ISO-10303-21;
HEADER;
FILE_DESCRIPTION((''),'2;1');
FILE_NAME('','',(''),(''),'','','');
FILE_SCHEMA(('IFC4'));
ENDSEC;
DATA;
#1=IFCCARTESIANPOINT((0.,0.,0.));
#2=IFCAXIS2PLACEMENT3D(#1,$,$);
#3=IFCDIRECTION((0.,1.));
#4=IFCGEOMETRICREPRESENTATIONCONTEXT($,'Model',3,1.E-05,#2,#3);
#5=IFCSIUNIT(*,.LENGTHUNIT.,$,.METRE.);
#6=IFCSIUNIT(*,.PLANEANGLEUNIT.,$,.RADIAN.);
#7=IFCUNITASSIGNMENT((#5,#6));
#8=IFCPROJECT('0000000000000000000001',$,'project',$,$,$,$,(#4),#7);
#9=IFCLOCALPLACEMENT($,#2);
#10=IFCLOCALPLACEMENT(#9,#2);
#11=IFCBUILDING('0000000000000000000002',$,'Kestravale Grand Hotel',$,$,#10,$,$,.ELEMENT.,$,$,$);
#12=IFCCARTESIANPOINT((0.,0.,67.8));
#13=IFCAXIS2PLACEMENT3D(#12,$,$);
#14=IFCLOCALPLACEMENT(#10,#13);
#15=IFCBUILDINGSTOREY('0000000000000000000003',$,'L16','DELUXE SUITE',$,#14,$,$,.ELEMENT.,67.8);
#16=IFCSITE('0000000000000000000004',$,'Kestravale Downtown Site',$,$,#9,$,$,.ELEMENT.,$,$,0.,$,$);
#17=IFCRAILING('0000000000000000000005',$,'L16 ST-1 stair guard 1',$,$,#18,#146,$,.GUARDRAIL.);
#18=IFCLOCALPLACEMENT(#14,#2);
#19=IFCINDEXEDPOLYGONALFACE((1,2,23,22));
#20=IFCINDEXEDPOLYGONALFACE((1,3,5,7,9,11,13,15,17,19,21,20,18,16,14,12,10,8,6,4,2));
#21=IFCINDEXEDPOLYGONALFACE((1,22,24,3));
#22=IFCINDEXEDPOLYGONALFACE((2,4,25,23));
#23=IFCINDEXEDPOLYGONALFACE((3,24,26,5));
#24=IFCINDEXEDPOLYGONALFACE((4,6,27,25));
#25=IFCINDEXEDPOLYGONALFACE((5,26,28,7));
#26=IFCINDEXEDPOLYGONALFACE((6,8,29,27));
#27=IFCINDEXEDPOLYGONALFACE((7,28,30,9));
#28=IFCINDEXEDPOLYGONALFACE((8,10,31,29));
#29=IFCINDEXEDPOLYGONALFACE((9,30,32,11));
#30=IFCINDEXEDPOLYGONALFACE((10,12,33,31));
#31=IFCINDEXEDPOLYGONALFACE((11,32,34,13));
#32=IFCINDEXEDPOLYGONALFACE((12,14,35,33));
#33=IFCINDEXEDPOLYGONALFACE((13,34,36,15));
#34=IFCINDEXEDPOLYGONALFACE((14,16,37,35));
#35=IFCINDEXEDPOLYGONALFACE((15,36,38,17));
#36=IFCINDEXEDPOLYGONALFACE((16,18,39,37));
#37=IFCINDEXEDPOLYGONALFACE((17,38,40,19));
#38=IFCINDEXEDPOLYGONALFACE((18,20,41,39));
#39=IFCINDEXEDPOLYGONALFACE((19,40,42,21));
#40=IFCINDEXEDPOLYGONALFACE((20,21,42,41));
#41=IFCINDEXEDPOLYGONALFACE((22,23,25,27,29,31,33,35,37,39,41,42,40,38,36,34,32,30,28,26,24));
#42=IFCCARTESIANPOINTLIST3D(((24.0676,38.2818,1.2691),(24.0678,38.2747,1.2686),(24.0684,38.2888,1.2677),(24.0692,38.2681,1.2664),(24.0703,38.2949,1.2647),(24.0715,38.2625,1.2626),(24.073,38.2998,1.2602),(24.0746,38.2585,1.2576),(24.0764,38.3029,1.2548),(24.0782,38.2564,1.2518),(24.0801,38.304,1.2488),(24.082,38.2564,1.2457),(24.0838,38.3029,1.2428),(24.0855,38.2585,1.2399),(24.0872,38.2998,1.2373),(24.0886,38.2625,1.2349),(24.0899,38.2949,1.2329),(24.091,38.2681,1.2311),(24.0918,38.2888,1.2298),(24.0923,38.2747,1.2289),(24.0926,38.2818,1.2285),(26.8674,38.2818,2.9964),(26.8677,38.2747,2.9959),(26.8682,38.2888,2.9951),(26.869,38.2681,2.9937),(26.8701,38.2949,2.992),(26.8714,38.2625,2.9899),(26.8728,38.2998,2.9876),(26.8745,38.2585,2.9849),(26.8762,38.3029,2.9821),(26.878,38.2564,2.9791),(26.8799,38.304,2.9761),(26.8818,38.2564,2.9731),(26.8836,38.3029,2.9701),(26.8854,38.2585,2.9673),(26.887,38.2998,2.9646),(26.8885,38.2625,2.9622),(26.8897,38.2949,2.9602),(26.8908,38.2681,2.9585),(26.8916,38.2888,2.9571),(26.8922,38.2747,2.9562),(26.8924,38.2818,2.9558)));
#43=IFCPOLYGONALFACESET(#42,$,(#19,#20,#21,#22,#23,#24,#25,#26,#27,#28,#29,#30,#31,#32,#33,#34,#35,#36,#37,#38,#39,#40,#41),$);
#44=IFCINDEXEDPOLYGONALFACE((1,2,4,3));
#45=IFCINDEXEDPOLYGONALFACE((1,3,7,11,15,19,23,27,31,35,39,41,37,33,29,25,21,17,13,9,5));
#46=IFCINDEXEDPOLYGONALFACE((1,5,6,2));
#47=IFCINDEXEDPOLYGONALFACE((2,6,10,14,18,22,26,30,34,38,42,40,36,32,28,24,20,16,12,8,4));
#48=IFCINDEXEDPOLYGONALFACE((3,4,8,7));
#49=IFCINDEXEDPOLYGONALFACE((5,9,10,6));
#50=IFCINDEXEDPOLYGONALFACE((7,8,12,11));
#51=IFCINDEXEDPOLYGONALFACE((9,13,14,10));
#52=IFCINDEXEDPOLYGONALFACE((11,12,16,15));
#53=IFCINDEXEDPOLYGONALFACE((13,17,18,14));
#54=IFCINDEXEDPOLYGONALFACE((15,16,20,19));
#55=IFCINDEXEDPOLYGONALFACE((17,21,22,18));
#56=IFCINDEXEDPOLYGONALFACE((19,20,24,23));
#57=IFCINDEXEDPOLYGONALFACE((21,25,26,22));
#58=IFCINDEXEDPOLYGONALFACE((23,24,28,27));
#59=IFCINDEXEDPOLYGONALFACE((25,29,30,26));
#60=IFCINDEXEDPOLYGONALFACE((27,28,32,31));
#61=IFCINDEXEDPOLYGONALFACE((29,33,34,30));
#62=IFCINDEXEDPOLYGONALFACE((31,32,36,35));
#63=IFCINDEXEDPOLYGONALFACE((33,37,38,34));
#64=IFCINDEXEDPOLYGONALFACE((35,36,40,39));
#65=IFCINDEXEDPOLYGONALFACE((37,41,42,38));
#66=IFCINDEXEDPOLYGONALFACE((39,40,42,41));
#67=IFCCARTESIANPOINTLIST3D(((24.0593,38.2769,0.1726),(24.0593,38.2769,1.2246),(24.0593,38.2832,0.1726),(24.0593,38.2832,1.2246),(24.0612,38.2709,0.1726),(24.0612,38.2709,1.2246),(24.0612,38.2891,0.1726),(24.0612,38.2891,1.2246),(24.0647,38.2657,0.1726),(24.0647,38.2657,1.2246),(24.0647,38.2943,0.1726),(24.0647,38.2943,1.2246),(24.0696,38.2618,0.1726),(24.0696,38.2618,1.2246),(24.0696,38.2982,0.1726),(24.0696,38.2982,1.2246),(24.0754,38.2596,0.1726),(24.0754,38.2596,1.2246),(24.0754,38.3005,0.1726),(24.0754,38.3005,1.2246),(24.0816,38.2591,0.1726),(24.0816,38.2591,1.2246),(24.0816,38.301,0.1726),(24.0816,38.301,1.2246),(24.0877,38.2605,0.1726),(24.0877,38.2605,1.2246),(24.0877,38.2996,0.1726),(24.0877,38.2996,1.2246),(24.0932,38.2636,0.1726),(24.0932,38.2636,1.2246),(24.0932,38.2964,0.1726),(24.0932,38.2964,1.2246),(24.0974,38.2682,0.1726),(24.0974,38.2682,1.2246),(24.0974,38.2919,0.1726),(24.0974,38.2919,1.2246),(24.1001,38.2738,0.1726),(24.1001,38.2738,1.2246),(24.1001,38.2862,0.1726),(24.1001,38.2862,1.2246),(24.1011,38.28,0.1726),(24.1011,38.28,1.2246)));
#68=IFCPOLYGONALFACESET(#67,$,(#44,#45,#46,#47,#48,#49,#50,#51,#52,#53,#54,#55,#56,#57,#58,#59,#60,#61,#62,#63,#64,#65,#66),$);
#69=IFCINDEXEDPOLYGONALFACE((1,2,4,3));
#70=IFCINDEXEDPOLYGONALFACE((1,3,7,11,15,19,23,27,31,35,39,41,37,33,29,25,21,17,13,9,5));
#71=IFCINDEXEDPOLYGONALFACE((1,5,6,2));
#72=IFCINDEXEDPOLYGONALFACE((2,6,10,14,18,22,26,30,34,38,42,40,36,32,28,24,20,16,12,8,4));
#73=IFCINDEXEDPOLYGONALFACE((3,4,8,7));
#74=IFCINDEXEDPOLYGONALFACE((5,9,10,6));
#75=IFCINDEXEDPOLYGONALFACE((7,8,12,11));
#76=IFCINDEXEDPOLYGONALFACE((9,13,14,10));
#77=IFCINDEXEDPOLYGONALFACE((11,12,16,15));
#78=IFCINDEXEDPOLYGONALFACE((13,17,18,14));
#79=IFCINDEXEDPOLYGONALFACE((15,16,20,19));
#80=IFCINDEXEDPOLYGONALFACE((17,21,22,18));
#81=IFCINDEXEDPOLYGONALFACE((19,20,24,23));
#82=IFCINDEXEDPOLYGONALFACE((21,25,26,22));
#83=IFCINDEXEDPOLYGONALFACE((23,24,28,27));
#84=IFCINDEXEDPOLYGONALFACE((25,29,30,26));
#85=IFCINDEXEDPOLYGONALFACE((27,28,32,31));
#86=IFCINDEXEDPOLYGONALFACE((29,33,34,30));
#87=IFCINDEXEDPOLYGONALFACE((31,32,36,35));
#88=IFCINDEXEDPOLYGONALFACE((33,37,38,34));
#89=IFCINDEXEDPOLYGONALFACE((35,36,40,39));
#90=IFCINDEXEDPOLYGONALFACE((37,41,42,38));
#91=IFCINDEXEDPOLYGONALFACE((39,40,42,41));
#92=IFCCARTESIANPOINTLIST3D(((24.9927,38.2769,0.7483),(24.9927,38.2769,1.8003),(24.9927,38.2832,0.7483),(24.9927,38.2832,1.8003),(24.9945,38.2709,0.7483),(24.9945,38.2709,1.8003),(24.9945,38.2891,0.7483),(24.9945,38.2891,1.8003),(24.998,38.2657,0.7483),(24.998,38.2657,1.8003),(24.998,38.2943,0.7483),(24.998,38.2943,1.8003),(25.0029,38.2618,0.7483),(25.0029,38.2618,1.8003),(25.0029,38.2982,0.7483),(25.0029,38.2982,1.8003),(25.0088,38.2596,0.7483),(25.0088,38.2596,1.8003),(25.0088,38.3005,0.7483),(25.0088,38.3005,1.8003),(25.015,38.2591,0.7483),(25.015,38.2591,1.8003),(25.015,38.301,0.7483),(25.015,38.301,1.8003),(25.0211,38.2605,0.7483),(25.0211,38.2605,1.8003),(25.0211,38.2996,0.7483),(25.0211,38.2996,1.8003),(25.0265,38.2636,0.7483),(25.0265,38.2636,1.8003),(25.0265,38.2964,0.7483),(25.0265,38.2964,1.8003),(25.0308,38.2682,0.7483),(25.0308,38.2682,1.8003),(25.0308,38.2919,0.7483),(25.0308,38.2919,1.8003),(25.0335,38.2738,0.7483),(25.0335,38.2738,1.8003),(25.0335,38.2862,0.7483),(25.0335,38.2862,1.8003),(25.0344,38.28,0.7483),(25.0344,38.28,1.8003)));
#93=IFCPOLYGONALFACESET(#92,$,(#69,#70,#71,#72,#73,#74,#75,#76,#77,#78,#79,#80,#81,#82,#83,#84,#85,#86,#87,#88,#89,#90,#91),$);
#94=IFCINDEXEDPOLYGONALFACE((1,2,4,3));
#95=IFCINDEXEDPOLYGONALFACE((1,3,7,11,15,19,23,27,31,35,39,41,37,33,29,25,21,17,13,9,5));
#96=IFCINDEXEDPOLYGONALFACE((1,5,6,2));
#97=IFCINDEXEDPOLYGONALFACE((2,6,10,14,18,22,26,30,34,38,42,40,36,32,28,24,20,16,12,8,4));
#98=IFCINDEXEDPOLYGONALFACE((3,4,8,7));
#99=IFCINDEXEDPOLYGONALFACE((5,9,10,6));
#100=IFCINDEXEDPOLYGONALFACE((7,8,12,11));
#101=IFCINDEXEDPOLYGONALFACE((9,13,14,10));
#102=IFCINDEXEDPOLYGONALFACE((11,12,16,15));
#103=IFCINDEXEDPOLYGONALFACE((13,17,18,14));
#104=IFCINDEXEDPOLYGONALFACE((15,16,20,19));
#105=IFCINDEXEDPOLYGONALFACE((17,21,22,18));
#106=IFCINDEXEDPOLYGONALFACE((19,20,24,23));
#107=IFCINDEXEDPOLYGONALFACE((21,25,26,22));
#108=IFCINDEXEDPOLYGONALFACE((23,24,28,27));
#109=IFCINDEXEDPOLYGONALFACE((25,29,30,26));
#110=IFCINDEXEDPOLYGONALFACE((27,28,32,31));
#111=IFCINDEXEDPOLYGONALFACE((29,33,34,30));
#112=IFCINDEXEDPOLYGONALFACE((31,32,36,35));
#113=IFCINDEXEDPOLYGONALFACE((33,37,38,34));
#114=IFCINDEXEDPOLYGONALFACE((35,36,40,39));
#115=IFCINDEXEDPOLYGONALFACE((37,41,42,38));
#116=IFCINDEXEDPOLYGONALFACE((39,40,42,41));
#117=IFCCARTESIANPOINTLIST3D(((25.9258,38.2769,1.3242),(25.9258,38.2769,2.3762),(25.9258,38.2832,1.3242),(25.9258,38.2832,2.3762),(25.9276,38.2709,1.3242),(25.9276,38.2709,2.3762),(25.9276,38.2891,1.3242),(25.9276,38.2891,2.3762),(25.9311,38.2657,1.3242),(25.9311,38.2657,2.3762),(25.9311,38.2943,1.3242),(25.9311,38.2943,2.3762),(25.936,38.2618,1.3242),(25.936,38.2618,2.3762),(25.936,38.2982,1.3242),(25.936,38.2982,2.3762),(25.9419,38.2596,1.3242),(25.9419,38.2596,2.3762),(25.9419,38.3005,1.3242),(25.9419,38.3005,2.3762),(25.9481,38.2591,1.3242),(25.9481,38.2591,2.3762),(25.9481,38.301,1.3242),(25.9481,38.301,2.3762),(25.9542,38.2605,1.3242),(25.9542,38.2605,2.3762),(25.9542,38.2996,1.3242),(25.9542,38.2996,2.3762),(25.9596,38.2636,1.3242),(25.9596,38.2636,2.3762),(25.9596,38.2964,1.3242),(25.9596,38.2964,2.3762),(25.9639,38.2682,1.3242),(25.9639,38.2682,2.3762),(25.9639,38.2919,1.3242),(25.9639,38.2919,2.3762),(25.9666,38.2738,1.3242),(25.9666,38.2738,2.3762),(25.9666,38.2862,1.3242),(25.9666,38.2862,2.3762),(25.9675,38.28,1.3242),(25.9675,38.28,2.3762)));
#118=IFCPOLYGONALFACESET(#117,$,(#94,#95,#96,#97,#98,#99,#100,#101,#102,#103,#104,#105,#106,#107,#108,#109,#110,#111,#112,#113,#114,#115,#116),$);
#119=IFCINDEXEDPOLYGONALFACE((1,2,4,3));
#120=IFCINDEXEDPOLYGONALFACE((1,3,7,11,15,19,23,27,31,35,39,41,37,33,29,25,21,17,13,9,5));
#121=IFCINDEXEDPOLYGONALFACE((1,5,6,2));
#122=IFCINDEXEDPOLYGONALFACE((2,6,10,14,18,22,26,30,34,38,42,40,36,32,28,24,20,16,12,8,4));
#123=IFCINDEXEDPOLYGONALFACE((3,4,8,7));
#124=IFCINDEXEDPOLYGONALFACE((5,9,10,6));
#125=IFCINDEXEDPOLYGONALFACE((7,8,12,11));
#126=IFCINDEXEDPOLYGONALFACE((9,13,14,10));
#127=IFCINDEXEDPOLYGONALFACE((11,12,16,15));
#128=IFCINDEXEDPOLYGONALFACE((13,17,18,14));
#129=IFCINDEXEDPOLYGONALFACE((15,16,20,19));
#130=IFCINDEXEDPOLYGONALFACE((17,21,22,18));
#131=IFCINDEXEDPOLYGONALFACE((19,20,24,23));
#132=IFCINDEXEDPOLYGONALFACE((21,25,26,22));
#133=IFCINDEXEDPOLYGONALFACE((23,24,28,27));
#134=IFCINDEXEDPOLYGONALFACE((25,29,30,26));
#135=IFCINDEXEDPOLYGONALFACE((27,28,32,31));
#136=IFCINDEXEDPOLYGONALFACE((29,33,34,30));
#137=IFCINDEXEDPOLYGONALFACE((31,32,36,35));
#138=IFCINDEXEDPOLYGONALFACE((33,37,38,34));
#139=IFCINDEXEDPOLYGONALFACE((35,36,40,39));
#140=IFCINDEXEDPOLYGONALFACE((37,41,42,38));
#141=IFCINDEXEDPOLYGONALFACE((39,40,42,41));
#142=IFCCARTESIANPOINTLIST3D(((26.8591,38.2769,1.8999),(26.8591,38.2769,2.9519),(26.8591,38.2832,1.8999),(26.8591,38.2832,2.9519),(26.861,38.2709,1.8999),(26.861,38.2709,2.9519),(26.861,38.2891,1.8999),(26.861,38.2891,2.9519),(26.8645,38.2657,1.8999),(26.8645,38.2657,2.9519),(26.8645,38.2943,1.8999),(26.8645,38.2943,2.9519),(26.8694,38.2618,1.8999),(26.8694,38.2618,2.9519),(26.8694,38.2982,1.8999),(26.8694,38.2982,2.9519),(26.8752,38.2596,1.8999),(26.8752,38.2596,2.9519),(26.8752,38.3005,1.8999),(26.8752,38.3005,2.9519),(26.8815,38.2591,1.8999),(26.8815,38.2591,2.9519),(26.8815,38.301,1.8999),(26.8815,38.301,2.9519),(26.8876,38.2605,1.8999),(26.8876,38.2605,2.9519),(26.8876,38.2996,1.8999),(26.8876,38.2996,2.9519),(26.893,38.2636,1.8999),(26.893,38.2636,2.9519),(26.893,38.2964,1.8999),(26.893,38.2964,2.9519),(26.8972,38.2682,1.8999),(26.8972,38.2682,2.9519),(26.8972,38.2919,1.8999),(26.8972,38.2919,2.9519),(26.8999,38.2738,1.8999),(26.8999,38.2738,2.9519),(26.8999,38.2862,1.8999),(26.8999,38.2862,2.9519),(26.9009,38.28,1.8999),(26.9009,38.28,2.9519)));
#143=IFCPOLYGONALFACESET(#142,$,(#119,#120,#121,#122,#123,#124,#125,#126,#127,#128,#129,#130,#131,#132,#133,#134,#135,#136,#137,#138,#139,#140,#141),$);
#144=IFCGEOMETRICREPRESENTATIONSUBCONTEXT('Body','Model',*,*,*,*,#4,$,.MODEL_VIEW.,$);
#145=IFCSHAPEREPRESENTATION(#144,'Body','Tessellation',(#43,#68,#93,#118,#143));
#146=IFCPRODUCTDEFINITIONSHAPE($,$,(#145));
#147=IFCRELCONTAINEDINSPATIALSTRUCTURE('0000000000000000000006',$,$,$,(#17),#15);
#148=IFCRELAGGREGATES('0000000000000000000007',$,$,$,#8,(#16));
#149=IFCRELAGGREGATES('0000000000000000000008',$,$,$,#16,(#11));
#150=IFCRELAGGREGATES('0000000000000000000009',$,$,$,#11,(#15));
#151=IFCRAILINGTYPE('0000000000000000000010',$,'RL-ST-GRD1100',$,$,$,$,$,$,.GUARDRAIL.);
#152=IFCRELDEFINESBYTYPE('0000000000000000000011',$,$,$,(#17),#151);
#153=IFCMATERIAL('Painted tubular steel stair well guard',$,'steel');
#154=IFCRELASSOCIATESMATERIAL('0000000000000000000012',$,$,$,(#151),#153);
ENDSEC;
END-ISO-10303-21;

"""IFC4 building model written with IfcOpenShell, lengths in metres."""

from ifc_helpers import new_model, si_unit, direction, frame, origin, origin_2d, place, context, subcontext, project, spatial, circle, extrude, material, type_object, element, save


model = new_model("IFC4")

# Units and contexts
model_context = context("Model", 3, precision=1e-05, world=origin(), true_north=direction((0.0, 1.0)))
body_context = subcontext(model_context, "Body", "Model", "MODEL_VIEW")
ifc_project = project(units=[si_unit("LENGTHUNIT", "METRE"), si_unit("PLANEANGLEUNIT", "RADIAN")], contexts=[model_context])

# Site, building, storey
site_placement = place(None, origin())
site = spatial("IfcSite", under=ifc_project, at=site_placement, Name="Kestravale Downtown Site", CompositionType="ELEMENT", RefElevation=0.0)
building_placement = place(site_placement, origin())
building = spatial("IfcBuilding", under=site, at=building_placement, Name="Kestravale Grand Hotel", CompositionType="ELEMENT")
storey_placement = place(building_placement, frame((0.0, 0.0, 67.8)))
storey = spatial("IfcBuildingStorey", under=building, at=storey_placement, Name="L16", Description="DELUXE SUITE", CompositionType="ELEMENT", Elevation=67.8)

# Railing
ifc_material_1 = material(Name="Painted tubular steel stair well guard", Category="steel")
railing_type_1 = type_object("IfcRailingType", Name="RL-ST-GRD1100", PredefinedType="GUARDRAIL", material=ifc_material_1)
railing_1_placement = place(storey_placement, frame((24.0801, 38.28, 0.1726)))
element("IfcRailing", 1, at=railing_1_placement, inside=storey, type_object=railing_type_1, Name="L16 ST-1 stair guard 1", PredefinedType="GUARDRAIL", context=body_context, shape_type="SweptSolid", body=[
    extrude(circle(Radius=0.0239, at=origin_2d()), frame((0.0, 0.0, 1.0762), z_axis=(0.851069, 0.0, 0.525054), x_axis=(0.0, 1.0, 0.0)), (0.0, 0.0, 1.0), 3.2898),
    extrude(circle(Radius=0.021, at=origin_2d()), origin(), (0.0, 0.0, 1.0), 1.052),
    extrude(circle(Radius=0.021, at=origin_2d()), frame((0.9333, 0.0, 0.5757)), (0.0, 0.0, 1.0), 1.052),
    extrude(circle(Radius=0.021, at=origin_2d()), frame((1.8665, 0.0, 1.1516)), (0.0, 0.0, 1.0), 1.052),
    extrude(circle(Radius=0.021, at=origin_2d()), frame((2.7998, 0.0, 1.7273)), (0.0, 0.0, 1.0), 1.052),
])

save(model, "model.ifc")
